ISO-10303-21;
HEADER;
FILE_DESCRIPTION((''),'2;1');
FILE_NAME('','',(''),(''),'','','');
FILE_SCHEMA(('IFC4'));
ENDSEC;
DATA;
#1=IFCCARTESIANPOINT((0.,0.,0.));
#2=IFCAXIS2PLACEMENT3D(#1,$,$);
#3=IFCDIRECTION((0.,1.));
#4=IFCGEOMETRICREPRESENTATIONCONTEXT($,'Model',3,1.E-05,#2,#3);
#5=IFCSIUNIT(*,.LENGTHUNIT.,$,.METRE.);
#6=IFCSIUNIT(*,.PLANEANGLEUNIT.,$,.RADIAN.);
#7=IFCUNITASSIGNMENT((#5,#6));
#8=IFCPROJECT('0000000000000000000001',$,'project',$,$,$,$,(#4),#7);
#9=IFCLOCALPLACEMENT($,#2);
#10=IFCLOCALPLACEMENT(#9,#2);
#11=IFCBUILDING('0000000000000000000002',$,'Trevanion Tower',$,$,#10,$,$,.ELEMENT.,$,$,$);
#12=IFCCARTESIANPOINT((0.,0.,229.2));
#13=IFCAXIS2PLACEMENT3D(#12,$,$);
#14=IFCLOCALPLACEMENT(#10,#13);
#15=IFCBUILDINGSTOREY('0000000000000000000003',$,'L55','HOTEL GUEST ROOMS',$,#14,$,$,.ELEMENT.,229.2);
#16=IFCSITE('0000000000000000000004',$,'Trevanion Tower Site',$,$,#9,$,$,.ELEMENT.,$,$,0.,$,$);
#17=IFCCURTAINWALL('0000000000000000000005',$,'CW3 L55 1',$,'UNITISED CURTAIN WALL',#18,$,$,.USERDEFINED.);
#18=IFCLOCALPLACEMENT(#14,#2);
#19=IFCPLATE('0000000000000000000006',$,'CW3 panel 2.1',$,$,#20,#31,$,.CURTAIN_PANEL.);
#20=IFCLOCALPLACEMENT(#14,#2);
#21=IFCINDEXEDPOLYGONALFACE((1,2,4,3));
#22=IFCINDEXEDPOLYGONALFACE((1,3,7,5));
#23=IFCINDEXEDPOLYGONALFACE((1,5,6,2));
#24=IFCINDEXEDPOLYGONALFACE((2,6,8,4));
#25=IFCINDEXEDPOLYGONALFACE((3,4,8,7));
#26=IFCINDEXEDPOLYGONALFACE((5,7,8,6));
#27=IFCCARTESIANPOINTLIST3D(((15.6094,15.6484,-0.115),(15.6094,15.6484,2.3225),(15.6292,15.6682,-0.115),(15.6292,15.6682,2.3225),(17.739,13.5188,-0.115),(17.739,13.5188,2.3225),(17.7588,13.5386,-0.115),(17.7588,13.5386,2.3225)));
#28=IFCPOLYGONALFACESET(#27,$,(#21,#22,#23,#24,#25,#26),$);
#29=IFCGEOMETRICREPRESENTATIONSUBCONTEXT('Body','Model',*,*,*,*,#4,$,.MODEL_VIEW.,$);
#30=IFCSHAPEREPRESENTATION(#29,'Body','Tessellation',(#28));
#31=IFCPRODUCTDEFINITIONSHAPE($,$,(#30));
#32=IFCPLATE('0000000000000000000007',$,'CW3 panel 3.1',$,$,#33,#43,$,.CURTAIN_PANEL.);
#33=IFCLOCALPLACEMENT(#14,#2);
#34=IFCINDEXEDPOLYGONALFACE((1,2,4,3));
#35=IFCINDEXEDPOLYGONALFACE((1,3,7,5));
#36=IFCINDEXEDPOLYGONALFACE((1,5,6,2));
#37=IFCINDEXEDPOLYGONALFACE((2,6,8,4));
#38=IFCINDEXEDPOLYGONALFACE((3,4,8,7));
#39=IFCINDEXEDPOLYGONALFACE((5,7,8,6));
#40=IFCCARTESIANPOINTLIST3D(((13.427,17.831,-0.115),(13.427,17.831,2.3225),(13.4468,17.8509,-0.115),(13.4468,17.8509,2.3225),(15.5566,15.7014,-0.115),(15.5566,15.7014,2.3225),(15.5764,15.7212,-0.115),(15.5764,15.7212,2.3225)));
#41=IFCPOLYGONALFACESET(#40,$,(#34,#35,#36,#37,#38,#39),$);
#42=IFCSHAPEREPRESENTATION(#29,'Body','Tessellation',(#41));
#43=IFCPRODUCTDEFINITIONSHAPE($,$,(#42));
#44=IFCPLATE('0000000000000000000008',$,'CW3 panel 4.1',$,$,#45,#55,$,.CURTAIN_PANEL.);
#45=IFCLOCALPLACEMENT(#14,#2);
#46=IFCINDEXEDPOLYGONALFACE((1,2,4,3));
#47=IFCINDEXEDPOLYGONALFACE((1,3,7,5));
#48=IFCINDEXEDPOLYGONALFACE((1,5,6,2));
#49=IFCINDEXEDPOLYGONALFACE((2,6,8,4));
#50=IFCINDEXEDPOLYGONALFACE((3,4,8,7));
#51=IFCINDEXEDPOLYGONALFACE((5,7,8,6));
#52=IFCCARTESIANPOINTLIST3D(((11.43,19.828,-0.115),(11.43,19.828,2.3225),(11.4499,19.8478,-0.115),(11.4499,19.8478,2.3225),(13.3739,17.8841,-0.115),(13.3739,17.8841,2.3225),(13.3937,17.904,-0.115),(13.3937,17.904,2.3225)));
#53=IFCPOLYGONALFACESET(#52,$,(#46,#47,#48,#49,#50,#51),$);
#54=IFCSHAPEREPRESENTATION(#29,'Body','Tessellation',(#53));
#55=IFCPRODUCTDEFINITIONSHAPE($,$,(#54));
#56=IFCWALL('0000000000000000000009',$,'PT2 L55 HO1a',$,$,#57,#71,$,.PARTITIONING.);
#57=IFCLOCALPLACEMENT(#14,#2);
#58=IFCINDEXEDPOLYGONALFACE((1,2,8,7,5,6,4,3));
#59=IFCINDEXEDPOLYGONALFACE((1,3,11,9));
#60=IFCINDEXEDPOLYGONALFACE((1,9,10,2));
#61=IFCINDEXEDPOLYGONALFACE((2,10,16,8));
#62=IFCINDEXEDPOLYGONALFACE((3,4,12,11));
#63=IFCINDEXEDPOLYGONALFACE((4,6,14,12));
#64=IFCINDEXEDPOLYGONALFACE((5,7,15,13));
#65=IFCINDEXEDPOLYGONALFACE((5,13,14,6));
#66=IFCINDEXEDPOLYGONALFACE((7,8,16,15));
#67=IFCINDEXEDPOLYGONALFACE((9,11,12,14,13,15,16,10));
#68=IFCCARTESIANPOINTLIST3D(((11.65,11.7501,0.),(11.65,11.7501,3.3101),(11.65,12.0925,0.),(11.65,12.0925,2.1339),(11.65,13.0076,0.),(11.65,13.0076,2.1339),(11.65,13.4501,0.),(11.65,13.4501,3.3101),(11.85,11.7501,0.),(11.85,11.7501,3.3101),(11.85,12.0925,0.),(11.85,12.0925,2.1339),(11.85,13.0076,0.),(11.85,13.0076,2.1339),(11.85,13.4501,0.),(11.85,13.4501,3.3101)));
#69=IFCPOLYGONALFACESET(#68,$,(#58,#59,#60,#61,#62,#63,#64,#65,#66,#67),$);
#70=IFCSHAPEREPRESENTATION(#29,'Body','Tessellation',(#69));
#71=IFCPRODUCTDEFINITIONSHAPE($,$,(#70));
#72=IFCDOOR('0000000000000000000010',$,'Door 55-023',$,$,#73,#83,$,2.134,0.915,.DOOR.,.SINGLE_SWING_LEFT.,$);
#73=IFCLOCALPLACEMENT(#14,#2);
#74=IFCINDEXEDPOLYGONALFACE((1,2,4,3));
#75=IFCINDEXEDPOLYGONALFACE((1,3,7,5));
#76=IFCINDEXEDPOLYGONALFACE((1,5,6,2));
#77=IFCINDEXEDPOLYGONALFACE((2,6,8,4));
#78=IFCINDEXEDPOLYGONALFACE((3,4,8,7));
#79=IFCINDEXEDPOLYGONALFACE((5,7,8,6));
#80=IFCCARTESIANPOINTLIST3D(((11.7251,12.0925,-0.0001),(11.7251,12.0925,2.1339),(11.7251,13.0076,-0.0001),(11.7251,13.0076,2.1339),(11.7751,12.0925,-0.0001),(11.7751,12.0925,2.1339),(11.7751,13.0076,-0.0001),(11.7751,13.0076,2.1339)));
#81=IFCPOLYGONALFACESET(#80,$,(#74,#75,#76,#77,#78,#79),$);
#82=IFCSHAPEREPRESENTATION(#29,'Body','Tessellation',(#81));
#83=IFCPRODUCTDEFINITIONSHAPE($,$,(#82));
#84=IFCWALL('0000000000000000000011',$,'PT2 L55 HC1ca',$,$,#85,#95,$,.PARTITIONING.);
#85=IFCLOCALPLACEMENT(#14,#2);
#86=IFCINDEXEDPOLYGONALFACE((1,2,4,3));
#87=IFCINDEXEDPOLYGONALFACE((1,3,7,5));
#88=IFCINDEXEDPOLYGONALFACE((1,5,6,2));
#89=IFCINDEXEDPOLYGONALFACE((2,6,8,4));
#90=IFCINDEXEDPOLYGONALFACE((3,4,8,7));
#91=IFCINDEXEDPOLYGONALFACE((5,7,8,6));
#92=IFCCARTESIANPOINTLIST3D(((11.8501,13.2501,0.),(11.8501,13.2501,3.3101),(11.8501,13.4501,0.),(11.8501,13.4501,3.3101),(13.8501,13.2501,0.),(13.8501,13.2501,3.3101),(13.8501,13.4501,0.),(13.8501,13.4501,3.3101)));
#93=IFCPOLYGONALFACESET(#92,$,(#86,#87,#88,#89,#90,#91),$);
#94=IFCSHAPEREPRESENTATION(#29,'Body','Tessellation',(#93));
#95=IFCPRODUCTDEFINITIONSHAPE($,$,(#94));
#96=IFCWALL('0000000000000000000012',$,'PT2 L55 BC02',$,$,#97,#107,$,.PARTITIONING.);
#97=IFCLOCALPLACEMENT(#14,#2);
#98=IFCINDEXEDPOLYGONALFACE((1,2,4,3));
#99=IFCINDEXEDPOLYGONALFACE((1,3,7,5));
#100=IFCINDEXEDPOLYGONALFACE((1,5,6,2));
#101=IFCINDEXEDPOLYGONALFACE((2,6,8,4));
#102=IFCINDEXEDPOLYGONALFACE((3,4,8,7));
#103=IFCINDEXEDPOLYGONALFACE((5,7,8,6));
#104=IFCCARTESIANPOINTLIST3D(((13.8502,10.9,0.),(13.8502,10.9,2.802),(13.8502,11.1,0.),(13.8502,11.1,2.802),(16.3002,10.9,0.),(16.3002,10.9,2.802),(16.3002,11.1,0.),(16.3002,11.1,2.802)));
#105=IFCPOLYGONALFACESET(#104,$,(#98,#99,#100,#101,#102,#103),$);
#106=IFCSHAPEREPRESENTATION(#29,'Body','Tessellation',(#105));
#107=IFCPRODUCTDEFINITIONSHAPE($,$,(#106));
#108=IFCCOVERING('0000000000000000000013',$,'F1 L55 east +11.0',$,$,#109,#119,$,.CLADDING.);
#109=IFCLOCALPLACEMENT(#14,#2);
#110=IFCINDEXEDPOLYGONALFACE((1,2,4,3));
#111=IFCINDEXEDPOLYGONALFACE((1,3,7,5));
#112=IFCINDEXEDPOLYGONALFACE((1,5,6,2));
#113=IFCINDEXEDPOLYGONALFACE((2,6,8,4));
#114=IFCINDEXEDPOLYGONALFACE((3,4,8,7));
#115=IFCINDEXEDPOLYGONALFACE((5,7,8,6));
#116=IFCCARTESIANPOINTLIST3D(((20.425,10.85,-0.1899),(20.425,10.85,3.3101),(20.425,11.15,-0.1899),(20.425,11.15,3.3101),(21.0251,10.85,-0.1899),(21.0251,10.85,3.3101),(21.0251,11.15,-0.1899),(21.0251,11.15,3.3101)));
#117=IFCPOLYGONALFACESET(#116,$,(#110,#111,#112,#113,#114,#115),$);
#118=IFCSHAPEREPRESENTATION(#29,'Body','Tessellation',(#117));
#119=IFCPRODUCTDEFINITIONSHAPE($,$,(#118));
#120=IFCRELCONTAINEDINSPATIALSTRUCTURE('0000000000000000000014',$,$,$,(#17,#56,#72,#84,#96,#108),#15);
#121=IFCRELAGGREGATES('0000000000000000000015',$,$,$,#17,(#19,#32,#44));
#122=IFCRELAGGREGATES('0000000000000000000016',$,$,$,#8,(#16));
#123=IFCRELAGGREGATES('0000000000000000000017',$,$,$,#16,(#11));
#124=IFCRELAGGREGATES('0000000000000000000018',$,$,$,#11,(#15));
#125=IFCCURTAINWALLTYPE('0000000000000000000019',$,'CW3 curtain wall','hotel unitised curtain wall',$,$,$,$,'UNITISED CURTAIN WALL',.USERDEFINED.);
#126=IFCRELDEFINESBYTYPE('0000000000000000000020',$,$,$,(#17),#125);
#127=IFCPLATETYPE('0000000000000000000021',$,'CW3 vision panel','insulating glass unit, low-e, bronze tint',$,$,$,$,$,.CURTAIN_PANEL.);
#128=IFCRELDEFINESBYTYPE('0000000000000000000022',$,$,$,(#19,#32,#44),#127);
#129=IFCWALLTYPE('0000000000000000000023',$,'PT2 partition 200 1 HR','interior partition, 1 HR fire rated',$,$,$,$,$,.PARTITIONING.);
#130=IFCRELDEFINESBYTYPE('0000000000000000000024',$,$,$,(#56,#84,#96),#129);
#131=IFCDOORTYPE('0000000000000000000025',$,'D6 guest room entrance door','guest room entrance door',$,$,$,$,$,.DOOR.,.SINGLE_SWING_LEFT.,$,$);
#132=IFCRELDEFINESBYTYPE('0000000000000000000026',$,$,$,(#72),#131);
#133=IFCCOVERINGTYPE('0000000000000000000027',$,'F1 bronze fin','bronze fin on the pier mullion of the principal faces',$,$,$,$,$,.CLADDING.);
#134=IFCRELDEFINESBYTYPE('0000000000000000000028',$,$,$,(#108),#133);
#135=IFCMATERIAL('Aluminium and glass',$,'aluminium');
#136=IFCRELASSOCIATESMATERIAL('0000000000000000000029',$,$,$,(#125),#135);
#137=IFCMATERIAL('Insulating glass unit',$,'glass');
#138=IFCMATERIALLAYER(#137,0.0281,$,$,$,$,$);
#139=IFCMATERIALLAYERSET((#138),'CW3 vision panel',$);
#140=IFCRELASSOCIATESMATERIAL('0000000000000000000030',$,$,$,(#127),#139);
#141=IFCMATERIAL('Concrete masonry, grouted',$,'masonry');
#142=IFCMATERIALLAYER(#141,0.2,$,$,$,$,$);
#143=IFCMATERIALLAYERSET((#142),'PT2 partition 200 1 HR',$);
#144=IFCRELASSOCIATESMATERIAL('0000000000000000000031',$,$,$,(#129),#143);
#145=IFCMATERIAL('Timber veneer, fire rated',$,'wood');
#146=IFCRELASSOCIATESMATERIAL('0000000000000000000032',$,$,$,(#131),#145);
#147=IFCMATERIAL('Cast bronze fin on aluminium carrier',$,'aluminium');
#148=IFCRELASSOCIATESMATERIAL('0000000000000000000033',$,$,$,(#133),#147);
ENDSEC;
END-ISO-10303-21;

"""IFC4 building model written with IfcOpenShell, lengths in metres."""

from ifc_helpers import new_model, si_unit, direction, frame, frame_2d, origin, origin_2d, place, context, subcontext, project, spatial, rectangle, extrude, material, layer, layer_set, type_object, element, fill, aggregate, save


model = new_model("IFC4")

# Units and contexts
model_context = context("Model", 3, precision=1e-05, world=origin(), true_north=direction((0.0, 1.0)))
body_context = subcontext(model_context, "Body", "Model", "MODEL_VIEW")
ifc_project = project(units=[si_unit("LENGTHUNIT", "METRE"), si_unit("PLANEANGLEUNIT", "RADIAN")], contexts=[model_context])

# Site, building, storey
site_placement = place(None, origin())
site = spatial("IfcSite", under=ifc_project, at=site_placement, Name="Trevanion Tower Site", CompositionType="ELEMENT", RefElevation=0.0)
building_placement = place(site_placement, origin())
building = spatial("IfcBuilding", under=site, at=building_placement, Name="Trevanion Tower", CompositionType="ELEMENT")
storey_placement = place(building_placement, frame((0.0, 0.0, 229.2)))
storey = spatial("IfcBuildingStorey", under=building, at=storey_placement, Name="L55", Description="HOTEL GUEST ROOMS", CompositionType="ELEMENT", Elevation=229.2)

# Curtain wall
ifc_material_1 = material(Name="Aluminium and glass", Category="aluminium")
curtain_wall_type = type_object("IfcCurtainWallType", Name="CW3 curtain wall", Description="hotel unitised curtain wall", ElementType="UNITISED CURTAIN WALL", PredefinedType="USERDEFINED", material=ifc_material_1)
curtain_wall_1_placement = place(storey_placement, origin())
curtain_wall_1 = element("IfcCurtainWall", 1, at=curtain_wall_1_placement, inside=storey, type_object=curtain_wall_type, Name="CW3 L55 1", ObjectType="UNITISED CURTAIN WALL", PredefinedType="USERDEFINED")

# Plates
ifc_material_2 = material(Name="Insulating glass unit", Category="glass")
ifc_layer_1 = layer(ifc_material_2, 0.0281)
ifc_layer_set_1 = layer_set([ifc_layer_1], Name="CW3 vision panel")
plate_type_1 = type_object("IfcPlateType", Name="CW3 vision panel", Description="insulating glass unit, low-e, bronze tint", PredefinedType="CURTAIN_PANEL", material=ifc_layer_set_1)
plate_1_placement = place(storey_placement, frame((16.6841, 14.5935, -0.115), z_axis=(0.0, 0.0, 1.0), x_axis=(-0.707107, 0.707107, 0.0)))
plate_1 = element("IfcPlate", 2, at=plate_1_placement, type_object=plate_type_1, Name="CW3 panel 2.1", PredefinedType="CURTAIN_PANEL", context=body_context, shape_type="SweptSolid", body=[
    extrude(rectangle(XDim=3.0117, YDim=0.0281, at=origin_2d()), origin(), (0.0, 0.0, 1.0), 2.4375),
])
plate_2_placement = place(storey_placement, frame((14.5017, 16.7761, -0.115), z_axis=(0.0, 0.0, 1.0), x_axis=(-0.707107, 0.707107, 0.0)))
plate_2 = element("IfcPlate", 3, at=plate_2_placement, type_object=plate_type_1, Name="CW3 panel 3.1", PredefinedType="CURTAIN_PANEL", context=body_context, shape_type="SweptSolid", body=[
    extrude(rectangle(XDim=3.0117, YDim=0.0281, at=origin_2d()), origin(), (0.0, 0.0, 1.0), 2.4375),
])
plate_3_placement = place(storey_placement, frame((12.4119, 18.866, -0.115), z_axis=(0.0, 0.0, 1.0), x_axis=(-0.707107, 0.707107, 0.0)))
plate_3 = element("IfcPlate", 4, at=plate_3_placement, type_object=plate_type_1, Name="CW3 panel 4.1", PredefinedType="CURTAIN_PANEL", context=body_context, shape_type="SweptSolid", body=[
    extrude(rectangle(XDim=2.749, YDim=0.0281, at=origin_2d()), origin(), (0.0, 0.0, 1.0), 2.4375),
])
aggregate(curtain_wall_1, [plate_1, plate_2, plate_3])

# Wall, opening, door
ifc_material_3 = material(Name="Concrete masonry, grouted", Category="masonry")
ifc_layer_2 = layer(ifc_material_3, 0.2)
ifc_layer_set_2 = layer_set([ifc_layer_2], Name="PT2 partition 200 1 HR")
wall_type = type_object("IfcWallType", Name="PT2 partition 200 1 HR", Description="interior partition, 1 HR fire rated", PredefinedType="PARTITIONING", material=ifc_layer_set_2)
wall_1_placement = place(storey_placement, frame((11.75, 11.75, 0.0), z_axis=(0.0, 0.0, 1.0), x_axis=(0.0, 1.0, 0.0)))
wall_1 = element("IfcWall", 5, at=wall_1_placement, inside=storey, type_object=wall_type, Name="PT2 L55 HO1a", PredefinedType="PARTITIONING", context=body_context, shape_type="SweptSolid", body=[
    extrude(rectangle(XDim=1.7, YDim=0.2, at=frame_2d((0.8501, 0.0))), origin(), (0.0, 0.0, 1.0), 3.3101),
])
opening_placement = place(wall_1_placement, frame((0.3425, 0.0, 0.0)))
opening = element("IfcOpeningElement", 6, at=opening_placement, cuts=wall_1, PredefinedType="OPENING", context=body_context, shape_type="SweptSolid", body=[
    extrude(rectangle(XDim=0.915, YDim=2.134, at=frame_2d((0.4575, 1.0669))), frame((0.0, 0.1099, 0.0), z_axis=(0.0, -1.0, 0.0), x_axis=(1.0, 0.0, 0.0)), (0.0, 0.0, 1.0), 0.22),
])
ifc_material_4 = material(Name="Timber veneer, fire rated", Category="wood")
door_type = type_object("IfcDoorType", Name="D6 guest room entrance door", Description="guest room entrance door", OperationType="SINGLE_SWING_LEFT", PredefinedType="DOOR", material=ifc_material_4)
door_placement = place(opening_placement, origin())
door = element("IfcDoor", 7, at=door_placement, inside=storey, type_object=door_type, Name="Door 55-023", OperationType="SINGLE_SWING_LEFT", OverallHeight=2.134, OverallWidth=0.915, PredefinedType="DOOR", context=body_context, shape_type="SweptSolid", body=[
    extrude(rectangle(XDim=0.915, YDim=2.134, at=frame_2d((0.4575, 1.0669))), frame((0.0, 0.0249, 0.0), z_axis=(0.0, -1.0, 0.0), x_axis=(1.0, 0.0, 0.0)), (0.0, 0.0, 1.0), 0.05),
])
fill(opening, door)

# Walls
wall_2_placement = place(storey_placement, frame((13.8501, 13.3501, 0.0), z_axis=(0.0, 0.0, 1.0), x_axis=(-1.0, 0.0, 0.0)))
element("IfcWall", 8, at=wall_2_placement, inside=storey, type_object=wall_type, Name="PT2 L55 HC1ca", PredefinedType="PARTITIONING", context=body_context, shape_type="SweptSolid", body=[
    extrude(rectangle(XDim=2.0, YDim=0.2, at=frame_2d((1.0, 0.0))), origin(), (0.0, 0.0, 1.0), 3.3101),
])
wall_3_placement = place(storey_placement, frame((13.8501, 11.0, 0.0), z_axis=(0.0, 0.0, 1.0), x_axis=(1.0, 0.0, 0.0)))
element("IfcWall", 9, at=wall_3_placement, inside=storey, type_object=wall_type, Name="PT2 L55 BC02", PredefinedType="PARTITIONING", context=body_context, shape_type="SweptSolid", body=[
    extrude(rectangle(XDim=2.45, YDim=0.2, at=frame_2d((1.2251, 0.0))), origin(), (0.0, 0.0, 1.0), 2.802),
])

# Covering
ifc_material_5 = material(Name="Cast bronze fin on aluminium carrier", Category="aluminium")
covering_type = type_object("IfcCoveringType", Name="F1 bronze fin", Description="bronze fin on the pier mullion of the principal faces", PredefinedType="CLADDING", material=ifc_material_5)
covering_placement = place(storey_placement, frame((20.7251, 11.0, -0.1899), z_axis=(0.0, 0.0, 1.0), x_axis=(0.0, 1.0, 0.0)))
element("IfcCovering", 10, at=covering_placement, inside=storey, type_object=covering_type, Name="F1 L55 east +11.0", PredefinedType="CLADDING", context=body_context, shape_type="SweptSolid", body=[
    extrude(rectangle(XDim=0.3, YDim=0.6001, at=origin_2d()), origin(), (0.0, 0.0, 1.0), 3.5),
])

save(model, "model.ifc")
